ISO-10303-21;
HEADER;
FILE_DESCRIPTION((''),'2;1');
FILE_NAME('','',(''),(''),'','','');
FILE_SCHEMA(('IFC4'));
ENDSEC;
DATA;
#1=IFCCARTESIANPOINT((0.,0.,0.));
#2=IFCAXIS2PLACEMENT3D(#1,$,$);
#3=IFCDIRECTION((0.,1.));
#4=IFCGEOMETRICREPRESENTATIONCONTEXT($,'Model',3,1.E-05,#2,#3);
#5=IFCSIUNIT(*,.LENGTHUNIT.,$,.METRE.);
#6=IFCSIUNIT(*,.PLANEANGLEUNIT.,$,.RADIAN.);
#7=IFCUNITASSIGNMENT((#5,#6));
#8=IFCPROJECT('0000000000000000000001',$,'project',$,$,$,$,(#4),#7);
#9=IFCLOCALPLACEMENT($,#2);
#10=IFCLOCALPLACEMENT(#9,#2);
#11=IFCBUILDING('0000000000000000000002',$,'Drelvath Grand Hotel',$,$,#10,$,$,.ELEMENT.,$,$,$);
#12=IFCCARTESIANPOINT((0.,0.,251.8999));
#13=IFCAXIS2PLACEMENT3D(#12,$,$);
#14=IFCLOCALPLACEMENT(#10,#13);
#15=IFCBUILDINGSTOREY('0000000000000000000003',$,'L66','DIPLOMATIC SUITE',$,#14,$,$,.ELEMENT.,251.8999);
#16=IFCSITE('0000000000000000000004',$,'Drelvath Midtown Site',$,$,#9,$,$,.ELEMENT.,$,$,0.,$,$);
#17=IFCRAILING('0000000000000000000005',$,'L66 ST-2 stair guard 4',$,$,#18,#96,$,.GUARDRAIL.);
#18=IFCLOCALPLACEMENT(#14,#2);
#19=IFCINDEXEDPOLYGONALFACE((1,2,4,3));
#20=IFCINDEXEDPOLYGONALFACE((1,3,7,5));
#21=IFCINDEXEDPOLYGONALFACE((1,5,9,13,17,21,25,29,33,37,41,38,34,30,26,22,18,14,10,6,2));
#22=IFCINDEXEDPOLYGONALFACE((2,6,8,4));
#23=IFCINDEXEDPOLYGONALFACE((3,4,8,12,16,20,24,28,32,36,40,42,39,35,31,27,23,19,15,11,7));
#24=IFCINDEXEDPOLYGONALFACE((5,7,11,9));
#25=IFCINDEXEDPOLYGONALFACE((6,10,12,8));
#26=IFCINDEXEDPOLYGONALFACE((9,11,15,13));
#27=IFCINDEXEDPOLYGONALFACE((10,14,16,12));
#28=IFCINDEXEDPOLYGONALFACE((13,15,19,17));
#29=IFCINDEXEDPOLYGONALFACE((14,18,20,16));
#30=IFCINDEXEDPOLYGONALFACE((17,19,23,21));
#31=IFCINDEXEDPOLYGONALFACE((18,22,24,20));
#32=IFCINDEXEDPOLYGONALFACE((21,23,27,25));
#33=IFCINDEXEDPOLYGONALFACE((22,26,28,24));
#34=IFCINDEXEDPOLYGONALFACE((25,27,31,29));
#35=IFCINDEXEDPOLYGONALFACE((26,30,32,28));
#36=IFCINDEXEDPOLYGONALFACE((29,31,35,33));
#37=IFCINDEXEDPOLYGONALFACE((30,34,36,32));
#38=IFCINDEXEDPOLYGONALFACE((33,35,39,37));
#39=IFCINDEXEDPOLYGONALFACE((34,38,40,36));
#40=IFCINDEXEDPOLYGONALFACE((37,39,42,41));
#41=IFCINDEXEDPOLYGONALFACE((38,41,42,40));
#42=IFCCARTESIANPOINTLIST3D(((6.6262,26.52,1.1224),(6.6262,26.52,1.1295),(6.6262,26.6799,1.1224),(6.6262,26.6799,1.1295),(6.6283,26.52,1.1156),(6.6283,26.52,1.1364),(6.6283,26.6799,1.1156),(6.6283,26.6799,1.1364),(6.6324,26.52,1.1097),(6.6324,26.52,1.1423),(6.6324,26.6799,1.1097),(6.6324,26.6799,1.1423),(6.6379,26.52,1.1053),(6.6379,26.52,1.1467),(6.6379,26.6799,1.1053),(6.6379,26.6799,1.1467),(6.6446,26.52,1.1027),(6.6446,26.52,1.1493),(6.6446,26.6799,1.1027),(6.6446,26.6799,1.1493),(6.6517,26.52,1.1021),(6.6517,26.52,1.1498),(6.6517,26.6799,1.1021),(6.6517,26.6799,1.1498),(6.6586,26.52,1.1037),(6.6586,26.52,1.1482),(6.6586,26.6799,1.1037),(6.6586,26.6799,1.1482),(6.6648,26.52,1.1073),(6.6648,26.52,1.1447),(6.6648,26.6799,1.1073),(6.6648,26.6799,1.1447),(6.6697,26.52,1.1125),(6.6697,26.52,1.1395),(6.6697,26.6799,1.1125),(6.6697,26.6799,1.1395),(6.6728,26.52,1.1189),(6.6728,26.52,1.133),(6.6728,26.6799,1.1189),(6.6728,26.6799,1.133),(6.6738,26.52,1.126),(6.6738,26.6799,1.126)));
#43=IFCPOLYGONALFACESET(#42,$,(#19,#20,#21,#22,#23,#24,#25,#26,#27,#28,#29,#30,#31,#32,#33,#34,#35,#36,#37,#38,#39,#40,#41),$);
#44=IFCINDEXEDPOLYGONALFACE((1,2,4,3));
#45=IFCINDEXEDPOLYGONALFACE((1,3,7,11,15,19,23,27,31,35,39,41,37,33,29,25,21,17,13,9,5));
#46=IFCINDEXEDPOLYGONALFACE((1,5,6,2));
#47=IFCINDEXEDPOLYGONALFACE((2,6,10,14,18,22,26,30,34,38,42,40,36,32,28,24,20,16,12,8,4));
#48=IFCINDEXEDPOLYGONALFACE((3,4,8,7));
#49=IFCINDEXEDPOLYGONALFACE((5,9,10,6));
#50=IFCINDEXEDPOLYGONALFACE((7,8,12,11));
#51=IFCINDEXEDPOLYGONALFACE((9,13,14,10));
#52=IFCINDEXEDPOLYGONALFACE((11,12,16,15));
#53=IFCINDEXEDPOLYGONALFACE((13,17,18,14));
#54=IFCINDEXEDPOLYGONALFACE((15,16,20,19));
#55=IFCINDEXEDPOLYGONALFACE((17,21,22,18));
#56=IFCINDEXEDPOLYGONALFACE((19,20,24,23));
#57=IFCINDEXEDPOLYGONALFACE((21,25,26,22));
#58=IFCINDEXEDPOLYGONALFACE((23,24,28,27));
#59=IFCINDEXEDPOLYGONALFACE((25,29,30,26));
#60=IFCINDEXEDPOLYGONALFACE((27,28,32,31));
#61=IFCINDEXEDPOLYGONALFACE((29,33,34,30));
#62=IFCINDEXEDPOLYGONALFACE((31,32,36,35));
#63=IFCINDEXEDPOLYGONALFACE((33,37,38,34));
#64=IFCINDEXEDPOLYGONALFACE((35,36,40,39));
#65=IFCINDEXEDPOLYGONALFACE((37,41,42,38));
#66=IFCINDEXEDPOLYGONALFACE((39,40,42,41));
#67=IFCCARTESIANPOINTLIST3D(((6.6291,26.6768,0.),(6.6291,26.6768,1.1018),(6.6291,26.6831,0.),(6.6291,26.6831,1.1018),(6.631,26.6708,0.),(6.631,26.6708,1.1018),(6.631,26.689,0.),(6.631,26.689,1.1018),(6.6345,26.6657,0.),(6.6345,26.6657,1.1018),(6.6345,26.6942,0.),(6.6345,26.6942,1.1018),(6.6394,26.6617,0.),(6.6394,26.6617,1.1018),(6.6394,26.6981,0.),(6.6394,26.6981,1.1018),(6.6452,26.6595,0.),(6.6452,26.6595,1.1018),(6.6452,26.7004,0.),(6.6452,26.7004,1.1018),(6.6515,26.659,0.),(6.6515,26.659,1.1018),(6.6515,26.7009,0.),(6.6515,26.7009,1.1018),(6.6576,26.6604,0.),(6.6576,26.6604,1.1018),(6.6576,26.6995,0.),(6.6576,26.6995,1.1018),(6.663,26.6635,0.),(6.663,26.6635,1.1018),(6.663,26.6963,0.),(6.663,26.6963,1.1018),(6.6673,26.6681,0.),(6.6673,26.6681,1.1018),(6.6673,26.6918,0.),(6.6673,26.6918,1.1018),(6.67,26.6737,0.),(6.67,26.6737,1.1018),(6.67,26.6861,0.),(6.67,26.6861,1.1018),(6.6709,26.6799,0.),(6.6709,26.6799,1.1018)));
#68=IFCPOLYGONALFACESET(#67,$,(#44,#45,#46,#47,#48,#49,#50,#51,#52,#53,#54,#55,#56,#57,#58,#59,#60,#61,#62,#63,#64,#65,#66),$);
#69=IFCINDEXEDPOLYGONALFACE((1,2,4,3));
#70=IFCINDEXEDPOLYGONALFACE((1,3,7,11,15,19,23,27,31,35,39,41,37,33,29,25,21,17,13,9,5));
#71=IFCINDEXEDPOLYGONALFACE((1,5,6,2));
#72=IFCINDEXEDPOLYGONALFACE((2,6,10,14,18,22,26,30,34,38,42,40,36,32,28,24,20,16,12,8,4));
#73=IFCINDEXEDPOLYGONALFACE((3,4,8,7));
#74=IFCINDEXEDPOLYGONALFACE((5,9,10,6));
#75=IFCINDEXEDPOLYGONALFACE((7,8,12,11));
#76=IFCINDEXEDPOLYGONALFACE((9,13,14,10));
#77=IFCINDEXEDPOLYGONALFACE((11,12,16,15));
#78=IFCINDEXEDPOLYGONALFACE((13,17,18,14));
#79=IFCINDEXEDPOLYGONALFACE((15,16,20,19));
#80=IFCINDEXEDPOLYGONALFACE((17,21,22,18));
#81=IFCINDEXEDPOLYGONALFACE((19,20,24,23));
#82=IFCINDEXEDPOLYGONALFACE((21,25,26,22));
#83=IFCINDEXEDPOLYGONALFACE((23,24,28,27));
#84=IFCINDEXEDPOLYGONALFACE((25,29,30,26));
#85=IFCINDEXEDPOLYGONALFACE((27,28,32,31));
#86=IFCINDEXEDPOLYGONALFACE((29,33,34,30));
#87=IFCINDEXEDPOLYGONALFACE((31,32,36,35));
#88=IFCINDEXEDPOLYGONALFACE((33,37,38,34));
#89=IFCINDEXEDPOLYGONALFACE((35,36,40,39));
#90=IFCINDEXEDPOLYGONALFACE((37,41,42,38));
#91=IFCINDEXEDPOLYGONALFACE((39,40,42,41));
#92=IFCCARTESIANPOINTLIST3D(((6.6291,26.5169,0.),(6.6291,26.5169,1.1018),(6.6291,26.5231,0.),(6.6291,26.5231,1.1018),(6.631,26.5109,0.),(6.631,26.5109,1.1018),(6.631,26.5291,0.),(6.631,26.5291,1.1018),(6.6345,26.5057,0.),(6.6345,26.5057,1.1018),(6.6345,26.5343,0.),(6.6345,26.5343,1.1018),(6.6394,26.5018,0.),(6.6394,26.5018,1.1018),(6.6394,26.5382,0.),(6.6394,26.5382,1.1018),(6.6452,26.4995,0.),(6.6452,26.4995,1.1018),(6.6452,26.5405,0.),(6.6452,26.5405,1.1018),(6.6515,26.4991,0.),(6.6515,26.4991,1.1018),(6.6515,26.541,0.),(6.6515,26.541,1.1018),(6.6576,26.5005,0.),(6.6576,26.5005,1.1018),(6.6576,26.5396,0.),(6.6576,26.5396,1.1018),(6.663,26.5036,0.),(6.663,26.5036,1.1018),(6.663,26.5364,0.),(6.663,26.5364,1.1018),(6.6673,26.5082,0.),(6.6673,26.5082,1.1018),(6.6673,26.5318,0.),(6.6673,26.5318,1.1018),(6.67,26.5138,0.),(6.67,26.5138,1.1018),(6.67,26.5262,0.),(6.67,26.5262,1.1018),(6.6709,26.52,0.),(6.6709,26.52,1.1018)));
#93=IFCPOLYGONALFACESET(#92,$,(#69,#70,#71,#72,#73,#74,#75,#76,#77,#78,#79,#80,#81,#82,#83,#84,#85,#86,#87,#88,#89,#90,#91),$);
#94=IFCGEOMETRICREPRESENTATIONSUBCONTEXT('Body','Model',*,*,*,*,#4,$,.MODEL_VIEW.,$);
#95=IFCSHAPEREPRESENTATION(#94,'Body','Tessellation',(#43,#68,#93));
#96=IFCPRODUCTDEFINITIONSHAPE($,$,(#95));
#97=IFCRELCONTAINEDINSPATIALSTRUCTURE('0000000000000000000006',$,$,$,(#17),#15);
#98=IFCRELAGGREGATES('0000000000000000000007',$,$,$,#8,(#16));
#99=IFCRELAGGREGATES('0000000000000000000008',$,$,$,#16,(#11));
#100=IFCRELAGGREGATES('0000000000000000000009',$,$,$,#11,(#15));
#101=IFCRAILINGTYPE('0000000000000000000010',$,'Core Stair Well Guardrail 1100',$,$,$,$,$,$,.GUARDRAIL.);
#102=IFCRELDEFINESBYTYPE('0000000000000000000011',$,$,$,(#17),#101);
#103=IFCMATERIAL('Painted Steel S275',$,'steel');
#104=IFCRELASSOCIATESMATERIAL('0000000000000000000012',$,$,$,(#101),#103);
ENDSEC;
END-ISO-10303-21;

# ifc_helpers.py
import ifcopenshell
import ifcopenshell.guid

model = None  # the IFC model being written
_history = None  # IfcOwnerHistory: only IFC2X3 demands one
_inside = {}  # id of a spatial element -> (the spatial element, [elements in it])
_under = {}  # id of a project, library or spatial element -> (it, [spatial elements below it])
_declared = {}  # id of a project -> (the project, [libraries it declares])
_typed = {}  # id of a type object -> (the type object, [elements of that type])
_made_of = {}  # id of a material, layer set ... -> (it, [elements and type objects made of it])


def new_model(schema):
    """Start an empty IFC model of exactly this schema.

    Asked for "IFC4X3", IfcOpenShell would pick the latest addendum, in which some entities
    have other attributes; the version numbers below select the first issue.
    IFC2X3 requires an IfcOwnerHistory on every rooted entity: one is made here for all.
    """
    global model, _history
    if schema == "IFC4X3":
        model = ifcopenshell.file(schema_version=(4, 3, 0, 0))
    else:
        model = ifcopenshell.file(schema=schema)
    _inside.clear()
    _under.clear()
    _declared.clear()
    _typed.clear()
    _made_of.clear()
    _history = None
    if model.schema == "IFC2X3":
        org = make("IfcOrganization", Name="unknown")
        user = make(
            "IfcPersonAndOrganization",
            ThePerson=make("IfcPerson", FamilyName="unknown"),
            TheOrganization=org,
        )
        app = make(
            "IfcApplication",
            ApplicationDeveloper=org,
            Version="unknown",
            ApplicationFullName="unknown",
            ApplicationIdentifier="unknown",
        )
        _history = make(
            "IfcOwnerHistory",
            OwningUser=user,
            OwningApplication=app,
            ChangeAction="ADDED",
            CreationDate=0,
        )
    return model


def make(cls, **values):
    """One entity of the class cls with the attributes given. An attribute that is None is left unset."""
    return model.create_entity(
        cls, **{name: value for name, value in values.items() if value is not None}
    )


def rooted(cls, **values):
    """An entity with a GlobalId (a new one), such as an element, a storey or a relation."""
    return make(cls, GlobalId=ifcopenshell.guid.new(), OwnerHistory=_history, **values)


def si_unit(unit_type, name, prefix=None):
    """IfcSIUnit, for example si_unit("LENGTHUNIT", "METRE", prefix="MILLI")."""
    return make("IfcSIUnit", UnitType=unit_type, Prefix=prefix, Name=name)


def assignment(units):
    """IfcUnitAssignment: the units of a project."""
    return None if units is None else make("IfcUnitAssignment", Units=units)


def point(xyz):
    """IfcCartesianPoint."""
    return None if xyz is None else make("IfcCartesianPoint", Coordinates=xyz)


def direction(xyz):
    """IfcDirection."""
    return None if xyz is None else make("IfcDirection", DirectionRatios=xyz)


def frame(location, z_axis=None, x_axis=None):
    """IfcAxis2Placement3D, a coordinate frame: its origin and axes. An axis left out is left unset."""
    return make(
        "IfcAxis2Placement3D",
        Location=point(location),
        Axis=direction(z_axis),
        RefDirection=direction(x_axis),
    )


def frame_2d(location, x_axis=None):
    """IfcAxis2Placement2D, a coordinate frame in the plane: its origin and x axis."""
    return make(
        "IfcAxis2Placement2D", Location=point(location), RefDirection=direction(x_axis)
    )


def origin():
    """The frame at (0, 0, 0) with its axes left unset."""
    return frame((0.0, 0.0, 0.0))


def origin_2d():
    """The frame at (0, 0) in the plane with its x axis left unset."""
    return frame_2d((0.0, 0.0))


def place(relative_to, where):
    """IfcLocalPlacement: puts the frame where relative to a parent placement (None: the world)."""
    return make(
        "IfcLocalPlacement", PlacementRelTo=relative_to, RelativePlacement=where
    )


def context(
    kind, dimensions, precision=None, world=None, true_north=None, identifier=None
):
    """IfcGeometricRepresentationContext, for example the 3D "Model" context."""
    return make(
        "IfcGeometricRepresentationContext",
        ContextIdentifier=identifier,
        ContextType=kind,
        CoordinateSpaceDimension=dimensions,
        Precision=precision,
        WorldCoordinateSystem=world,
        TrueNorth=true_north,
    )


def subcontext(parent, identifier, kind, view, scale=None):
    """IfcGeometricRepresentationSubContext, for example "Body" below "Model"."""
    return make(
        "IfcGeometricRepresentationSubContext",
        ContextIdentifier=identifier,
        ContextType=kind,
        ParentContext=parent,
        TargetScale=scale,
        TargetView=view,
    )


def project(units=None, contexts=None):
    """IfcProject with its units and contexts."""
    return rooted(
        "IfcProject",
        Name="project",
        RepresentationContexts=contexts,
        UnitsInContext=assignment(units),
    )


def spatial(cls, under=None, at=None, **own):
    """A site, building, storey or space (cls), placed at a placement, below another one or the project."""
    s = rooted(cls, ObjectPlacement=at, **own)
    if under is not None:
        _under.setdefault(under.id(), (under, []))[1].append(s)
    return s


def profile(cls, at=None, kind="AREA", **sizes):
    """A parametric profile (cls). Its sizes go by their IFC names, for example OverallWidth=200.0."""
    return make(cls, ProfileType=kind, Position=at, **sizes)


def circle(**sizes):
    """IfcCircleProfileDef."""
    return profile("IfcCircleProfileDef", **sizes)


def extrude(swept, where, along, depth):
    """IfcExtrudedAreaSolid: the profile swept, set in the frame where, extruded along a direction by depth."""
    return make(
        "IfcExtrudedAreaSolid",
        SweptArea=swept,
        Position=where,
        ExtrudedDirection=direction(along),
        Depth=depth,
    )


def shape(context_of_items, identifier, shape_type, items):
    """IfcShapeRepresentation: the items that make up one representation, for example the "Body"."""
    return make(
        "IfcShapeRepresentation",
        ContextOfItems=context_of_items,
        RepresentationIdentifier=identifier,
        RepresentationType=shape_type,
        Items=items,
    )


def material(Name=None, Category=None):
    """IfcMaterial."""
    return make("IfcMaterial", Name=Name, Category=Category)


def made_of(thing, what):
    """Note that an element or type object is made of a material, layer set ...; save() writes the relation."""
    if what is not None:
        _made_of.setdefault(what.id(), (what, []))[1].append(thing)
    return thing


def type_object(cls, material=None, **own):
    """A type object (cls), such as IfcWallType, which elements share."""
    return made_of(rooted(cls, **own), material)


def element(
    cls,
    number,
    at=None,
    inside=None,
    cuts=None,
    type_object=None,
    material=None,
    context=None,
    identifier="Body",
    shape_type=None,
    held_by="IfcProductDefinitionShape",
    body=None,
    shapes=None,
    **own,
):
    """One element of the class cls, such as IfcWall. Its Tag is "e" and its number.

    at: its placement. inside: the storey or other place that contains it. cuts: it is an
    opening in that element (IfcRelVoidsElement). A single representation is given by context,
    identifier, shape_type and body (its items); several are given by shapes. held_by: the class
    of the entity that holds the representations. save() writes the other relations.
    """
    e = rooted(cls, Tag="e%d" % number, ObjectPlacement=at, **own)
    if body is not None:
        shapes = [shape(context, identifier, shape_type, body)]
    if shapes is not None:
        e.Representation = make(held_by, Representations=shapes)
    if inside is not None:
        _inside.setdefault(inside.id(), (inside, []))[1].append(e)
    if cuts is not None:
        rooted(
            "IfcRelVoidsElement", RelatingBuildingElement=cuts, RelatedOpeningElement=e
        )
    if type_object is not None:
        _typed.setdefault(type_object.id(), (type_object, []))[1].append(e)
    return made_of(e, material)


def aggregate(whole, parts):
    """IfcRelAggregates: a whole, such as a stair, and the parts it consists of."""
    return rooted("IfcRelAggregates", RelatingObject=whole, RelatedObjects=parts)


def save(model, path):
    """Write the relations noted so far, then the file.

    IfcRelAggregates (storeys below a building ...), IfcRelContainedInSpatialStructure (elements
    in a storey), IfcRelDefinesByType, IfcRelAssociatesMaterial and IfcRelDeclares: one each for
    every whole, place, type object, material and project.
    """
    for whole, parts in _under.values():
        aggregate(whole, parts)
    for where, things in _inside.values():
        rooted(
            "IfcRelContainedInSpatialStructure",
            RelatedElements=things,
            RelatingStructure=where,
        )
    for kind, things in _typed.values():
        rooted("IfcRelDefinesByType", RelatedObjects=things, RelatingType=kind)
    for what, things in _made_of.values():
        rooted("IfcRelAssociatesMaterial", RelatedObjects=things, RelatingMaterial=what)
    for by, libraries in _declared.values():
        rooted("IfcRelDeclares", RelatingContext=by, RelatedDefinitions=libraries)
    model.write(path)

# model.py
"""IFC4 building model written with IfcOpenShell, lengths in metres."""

from ifc_helpers import new_model, si_unit, direction, frame, origin, origin_2d, place, context, subcontext, project, spatial, circle, extrude, material, type_object, element, save


model = new_model("IFC4")

# Units and contexts
model_context = context("Model", 3, precision=1e-05, world=origin(), true_north=direction((0.0, 1.0)))
body_context = subcontext(model_context, "Body", "Model", "MODEL_VIEW")
ifc_project = project(units=[si_unit("LENGTHUNIT", "METRE"), si_unit("PLANEANGLEUNIT", "RADIAN")], contexts=[model_context])

# Site, building, storey
site_placement = place(None, origin())
site = spatial("IfcSite", under=ifc_project, at=site_placement, Name="Drelvath Midtown Site", CompositionType="ELEMENT", RefElevation=0.0)
building_placement = place(site_placement, origin())
building = spatial("IfcBuilding", under=site, at=building_placement, Name="Drelvath Grand Hotel", CompositionType="ELEMENT")
storey_placement = place(building_placement, frame((0.0, 0.0, 251.8999)))
storey = spatial("IfcBuildingStorey", under=building, at=storey_placement, Name="L66", Description="DIPLOMATIC SUITE", CompositionType="ELEMENT", Elevation=251.8999)

# Shared definitions
ifc_material_1 = material(Name="Painted Steel S275", Category="steel")

# Railing
railing_type_1 = type_object("IfcRailingType", Name="Core Stair Well Guardrail 1100", PredefinedType="GUARDRAIL", material=ifc_material_1)
railing_1_placement = place(storey_placement, frame((6.6499, 26.6799, 0.0)))
element("IfcRailing", 1, at=railing_1_placement, inside=storey, type_object=railing_type_1, Name="L66 ST-2 stair guard 4", PredefinedType="GUARDRAIL", context=body_context, shape_type="SweptSolid", body=[
    extrude(circle(Radius=0.0239, at=origin_2d()), frame((0.0, 0.0, 1.126), z_axis=(0.0, -1.0, 0.0), x_axis=(1.0, 0.0, 0.0)), (0.0, 0.0, 1.0), 0.1599),
    extrude(circle(Radius=0.021, at=origin_2d()), origin(), (0.0, 0.0, 1.0), 1.1018),
    extrude(circle(Radius=0.021, at=origin_2d()), frame((0.0, -0.1599, 0.0)), (0.0, 0.0, 1.0), 1.1018),
])

save(model, "model.ifc")
